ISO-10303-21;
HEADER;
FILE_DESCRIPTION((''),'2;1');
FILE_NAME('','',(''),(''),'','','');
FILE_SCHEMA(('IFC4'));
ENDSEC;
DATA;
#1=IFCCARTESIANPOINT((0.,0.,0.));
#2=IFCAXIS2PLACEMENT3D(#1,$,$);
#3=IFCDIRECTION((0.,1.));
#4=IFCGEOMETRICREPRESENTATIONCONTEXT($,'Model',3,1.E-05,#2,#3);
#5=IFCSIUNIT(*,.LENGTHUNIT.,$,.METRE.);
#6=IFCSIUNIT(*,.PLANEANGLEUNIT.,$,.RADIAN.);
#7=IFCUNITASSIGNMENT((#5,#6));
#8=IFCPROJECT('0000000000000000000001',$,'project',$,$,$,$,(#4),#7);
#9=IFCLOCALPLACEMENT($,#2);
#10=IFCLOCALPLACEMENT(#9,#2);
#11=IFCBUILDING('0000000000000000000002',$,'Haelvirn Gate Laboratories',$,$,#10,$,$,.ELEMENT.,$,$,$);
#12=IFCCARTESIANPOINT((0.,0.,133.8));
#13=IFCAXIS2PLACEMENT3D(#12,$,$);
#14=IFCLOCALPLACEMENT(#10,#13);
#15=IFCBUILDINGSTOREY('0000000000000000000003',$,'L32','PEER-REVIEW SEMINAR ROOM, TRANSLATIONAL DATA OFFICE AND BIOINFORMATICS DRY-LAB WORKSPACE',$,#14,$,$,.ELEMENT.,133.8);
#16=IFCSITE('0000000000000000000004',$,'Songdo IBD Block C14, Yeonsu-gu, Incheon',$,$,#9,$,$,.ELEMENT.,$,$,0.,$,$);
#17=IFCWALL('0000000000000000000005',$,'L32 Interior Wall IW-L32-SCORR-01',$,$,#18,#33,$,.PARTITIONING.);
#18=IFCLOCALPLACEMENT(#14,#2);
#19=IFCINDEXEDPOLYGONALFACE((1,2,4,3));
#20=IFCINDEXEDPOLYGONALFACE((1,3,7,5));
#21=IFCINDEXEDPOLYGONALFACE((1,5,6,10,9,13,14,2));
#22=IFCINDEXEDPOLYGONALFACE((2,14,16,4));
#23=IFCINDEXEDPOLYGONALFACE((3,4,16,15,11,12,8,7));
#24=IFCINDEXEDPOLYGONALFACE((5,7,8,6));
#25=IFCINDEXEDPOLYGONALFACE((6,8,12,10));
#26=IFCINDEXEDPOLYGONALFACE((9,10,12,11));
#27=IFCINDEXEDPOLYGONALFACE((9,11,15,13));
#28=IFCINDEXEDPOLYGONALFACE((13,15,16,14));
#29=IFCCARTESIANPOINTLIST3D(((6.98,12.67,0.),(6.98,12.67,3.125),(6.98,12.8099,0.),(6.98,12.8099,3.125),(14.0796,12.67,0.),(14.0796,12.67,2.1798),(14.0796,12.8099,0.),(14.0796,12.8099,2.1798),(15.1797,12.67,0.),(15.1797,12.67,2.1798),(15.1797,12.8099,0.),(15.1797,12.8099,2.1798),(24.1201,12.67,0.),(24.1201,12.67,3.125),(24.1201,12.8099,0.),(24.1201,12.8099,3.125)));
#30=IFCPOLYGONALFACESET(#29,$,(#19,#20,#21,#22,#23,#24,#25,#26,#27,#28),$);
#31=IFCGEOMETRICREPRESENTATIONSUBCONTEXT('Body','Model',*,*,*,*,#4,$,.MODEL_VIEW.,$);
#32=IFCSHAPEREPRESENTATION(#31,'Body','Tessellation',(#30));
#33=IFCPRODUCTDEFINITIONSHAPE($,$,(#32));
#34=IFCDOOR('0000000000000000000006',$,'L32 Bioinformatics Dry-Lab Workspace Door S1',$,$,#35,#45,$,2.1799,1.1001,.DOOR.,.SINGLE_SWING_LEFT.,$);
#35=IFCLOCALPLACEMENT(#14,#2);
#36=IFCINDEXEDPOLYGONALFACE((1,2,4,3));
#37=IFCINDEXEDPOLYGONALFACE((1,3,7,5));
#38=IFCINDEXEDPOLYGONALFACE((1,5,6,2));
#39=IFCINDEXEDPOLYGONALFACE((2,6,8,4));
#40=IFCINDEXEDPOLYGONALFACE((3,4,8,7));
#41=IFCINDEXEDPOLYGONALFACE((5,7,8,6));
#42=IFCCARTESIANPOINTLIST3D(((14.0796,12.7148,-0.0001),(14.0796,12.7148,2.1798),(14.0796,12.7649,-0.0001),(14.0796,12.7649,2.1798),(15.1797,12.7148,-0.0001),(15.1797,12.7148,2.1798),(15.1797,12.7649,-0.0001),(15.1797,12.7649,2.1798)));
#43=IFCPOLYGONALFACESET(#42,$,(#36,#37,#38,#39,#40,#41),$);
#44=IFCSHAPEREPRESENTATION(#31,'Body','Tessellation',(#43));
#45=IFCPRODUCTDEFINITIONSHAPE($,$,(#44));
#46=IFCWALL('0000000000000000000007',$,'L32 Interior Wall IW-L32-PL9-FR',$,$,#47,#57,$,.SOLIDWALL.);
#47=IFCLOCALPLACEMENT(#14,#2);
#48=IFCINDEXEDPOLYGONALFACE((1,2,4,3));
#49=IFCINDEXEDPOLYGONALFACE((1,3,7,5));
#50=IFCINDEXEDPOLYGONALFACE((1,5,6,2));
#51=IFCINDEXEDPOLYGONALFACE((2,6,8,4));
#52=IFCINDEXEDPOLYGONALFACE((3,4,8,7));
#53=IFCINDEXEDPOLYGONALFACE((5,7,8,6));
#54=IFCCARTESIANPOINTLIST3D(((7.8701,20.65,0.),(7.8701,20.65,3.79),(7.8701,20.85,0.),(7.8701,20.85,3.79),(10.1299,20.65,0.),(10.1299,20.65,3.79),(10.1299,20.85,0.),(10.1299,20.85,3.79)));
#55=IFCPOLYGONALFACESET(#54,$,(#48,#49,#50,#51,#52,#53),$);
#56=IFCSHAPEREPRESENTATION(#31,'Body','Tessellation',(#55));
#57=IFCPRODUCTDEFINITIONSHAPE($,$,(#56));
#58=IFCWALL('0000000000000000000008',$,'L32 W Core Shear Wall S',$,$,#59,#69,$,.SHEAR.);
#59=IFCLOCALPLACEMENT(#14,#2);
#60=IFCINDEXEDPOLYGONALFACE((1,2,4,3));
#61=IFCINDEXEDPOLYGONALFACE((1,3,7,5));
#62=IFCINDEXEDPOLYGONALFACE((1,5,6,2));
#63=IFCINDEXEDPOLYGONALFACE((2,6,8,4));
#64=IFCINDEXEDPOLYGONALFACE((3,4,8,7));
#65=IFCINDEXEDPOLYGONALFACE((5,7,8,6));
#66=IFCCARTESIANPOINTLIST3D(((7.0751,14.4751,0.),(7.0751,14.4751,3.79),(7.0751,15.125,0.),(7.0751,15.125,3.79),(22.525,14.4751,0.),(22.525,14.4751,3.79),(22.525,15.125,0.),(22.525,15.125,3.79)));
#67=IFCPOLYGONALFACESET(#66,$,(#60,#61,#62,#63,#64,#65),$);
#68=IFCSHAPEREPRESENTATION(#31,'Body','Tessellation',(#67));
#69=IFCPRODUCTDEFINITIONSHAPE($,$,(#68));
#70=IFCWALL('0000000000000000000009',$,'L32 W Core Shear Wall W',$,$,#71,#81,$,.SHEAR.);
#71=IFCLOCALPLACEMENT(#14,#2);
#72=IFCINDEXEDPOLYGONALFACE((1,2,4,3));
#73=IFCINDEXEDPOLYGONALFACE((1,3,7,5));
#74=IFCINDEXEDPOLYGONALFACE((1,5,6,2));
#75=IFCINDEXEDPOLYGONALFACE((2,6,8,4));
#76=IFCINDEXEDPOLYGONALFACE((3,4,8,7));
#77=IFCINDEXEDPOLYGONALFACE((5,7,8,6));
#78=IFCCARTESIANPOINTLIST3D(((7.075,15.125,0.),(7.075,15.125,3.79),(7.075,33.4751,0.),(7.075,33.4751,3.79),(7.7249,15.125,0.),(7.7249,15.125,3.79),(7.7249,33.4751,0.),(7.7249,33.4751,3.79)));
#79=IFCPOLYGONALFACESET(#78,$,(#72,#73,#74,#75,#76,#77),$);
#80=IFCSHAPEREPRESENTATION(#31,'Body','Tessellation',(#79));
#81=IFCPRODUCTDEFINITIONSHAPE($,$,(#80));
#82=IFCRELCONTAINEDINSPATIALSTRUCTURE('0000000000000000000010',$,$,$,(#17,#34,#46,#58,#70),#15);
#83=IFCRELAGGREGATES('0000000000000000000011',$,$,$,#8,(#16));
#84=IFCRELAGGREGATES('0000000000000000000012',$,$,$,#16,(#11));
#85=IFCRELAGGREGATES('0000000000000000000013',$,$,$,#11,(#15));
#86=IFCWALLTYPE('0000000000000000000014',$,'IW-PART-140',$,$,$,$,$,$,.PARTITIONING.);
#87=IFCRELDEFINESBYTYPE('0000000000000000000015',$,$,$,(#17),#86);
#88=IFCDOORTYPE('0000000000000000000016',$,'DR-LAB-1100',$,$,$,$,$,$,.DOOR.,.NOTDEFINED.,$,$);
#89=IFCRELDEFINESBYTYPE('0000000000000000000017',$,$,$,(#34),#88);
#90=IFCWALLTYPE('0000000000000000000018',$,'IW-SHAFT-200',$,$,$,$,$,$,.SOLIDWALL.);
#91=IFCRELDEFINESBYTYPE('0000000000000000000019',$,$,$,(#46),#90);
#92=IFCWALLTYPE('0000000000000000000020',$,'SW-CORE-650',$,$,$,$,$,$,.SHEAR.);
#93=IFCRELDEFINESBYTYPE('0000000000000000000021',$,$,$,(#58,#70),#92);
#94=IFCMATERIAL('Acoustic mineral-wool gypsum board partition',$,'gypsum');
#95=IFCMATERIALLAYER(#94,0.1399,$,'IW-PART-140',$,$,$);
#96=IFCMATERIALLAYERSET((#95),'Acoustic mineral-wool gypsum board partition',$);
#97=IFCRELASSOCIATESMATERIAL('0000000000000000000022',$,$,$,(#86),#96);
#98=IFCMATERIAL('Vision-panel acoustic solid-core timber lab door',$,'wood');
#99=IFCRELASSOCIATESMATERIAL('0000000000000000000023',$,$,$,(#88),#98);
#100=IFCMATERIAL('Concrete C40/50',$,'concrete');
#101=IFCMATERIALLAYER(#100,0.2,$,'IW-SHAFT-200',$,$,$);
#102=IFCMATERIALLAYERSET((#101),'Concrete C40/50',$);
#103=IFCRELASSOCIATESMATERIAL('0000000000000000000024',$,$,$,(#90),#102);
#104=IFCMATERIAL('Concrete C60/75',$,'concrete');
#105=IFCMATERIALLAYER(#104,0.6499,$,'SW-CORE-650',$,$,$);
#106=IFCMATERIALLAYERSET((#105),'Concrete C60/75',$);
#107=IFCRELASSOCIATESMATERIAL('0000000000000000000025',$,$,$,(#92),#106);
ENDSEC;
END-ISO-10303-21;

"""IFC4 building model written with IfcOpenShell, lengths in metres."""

from ifc_helpers import new_model, si_unit, direction, frame, frame_2d, origin, place, context, subcontext, project, spatial, rectangle, extrude, source, transform, mapped, material, layer, layer_set, type_object, type_shapes, element, fill, save


model = new_model("IFC4")

# Units and contexts
model_context = context("Model", 3, precision=1e-05, world=origin(), true_north=direction((0.0, 1.0)))
body_context = subcontext(model_context, "Body", "Model", "MODEL_VIEW")
ifc_project = project(units=[si_unit("LENGTHUNIT", "METRE"), si_unit("PLANEANGLEUNIT", "RADIAN")], contexts=[model_context])

# Site, building, storey
site_placement = place(None, origin())
site = spatial("IfcSite", under=ifc_project, at=site_placement, Name="Songdo IBD Block C14, Yeonsu-gu, Incheon", CompositionType="ELEMENT", RefElevation=0.0)
building_placement = place(site_placement, origin())
building = spatial("IfcBuilding", under=site, at=building_placement, Name="Haelvirn Gate Laboratories", CompositionType="ELEMENT")
storey_placement = place(building_placement, frame((0.0, 0.0, 133.8)))
storey = spatial("IfcBuildingStorey", under=building, at=storey_placement, Name="L32", Description="PEER-REVIEW SEMINAR ROOM, TRANSLATIONAL DATA OFFICE AND BIOINFORMATICS DRY-LAB WORKSPACE", CompositionType="ELEMENT", Elevation=133.8)

# Shared definitions
ifc_material_1 = material(Name="Concrete C60/75", Category="concrete")

# Wall, opening, door
ifc_material_2 = material(Name="Acoustic mineral-wool gypsum board partition", Category="gypsum")
ifc_layer_1 = layer(ifc_material_2, 0.1399, Name="IW-PART-140")
ifc_layer_set_1 = layer_set([ifc_layer_1], Name="Acoustic mineral-wool gypsum board partition")
wall_type_1 = type_object("IfcWallType", Name="IW-PART-140", PredefinedType="PARTITIONING", material=ifc_layer_set_1)
wall_1_placement = place(storey_placement, frame((6.98, 12.74, 0.0), z_axis=(0.0, 0.0, 1.0), x_axis=(1.0, 0.0, 0.0)))
wall_1 = element("IfcWall", 1, at=wall_1_placement, inside=storey, type_object=wall_type_1, Name="L32 Interior Wall IW-L32-SCORR-01", PredefinedType="PARTITIONING", context=body_context, shape_type="SweptSolid", body=[
    extrude(rectangle(XDim=17.1401, YDim=0.1399, at=frame_2d((8.5701, 0.0))), origin(), (0.0, 0.0, 1.0), 3.125),
])
opening_1_placement = place(wall_1_placement, frame((7.0996, 0.0, 0.0)))
opening_1 = element("IfcOpeningElement", 2, at=opening_1_placement, cuts=wall_1, PredefinedType="OPENING", context=body_context, shape_type="SweptSolid", body=[
    extrude(rectangle(XDim=1.1001, YDim=2.1799, at=frame_2d((0.55, 1.0898))), frame((0.0, 0.0801, 0.0), z_axis=(0.0, -1.0, 0.0), x_axis=(1.0, 0.0, 0.0)), (0.0, 0.0, 1.0), 0.1599),
])
ifc_material_3 = material(Name="Vision-panel acoustic solid-core timber lab door", Category="wood")
door_type_1 = type_object("IfcDoorType", Name="DR-LAB-1100", OperationType="NOTDEFINED", PredefinedType="DOOR", material=ifc_material_3)
shared_shape_1 = source(origin(), body_context, "Body", "SweptSolid", [
    extrude(rectangle(XDim=1.1001, YDim=2.1799, at=frame_2d((0.55, 1.0898))), frame((0.0, 0.0249, 0.0), z_axis=(0.0, -1.0, 0.0), x_axis=(1.0, 0.0, 0.0)), (0.0, 0.0, 1.0), 0.05),
])
type_shapes(door_type_1, [shared_shape_1])
door_1_placement = place(opening_1_placement, origin())
door_1 = element("IfcDoor", 3, at=door_1_placement, inside=storey, type_object=door_type_1, Name="L32 Bioinformatics Dry-Lab Workspace Door S1", OperationType="SINGLE_SWING_LEFT", OverallHeight=2.1799, OverallWidth=1.1001, PredefinedType="DOOR", context=body_context, shape_type="MappedRepresentation", body=[
    mapped(shared_shape_1, transform((0.0, 0.0, 0.0), scale=1.0)),
])
fill(opening_1, door_1)

# Walls
ifc_material_4 = material(Name="Concrete C40/50", Category="concrete")
ifc_layer_2 = layer(ifc_material_4, 0.2, Name="IW-SHAFT-200")
ifc_layer_set_2 = layer_set([ifc_layer_2], Name="Concrete C40/50")
wall_type_2 = type_object("IfcWallType", Name="IW-SHAFT-200", PredefinedType="SOLIDWALL", material=ifc_layer_set_2)
wall_2_placement = place(storey_placement, frame((7.8701, 20.75, 0.0), z_axis=(0.0, 0.0, 1.0), x_axis=(1.0, 0.0, 0.0)))
element("IfcWall", 4, at=wall_2_placement, inside=storey, type_object=wall_type_2, Name="L32 Interior Wall IW-L32-PL9-FR", PredefinedType="SOLIDWALL", context=body_context, shape_type="SweptSolid", body=[
    extrude(rectangle(XDim=2.2598, YDim=0.2, at=frame_2d((1.1299, 0.0))), origin(), (0.0, 0.0, 1.0), 3.79),
])
ifc_layer_3 = layer(ifc_material_1, 0.6499, Name="SW-CORE-650")
ifc_layer_set_3 = layer_set([ifc_layer_3], Name="Concrete C60/75")
wall_type_3 = type_object("IfcWallType", Name="SW-CORE-650", PredefinedType="SHEAR", material=ifc_layer_set_3)
wall_3_placement = place(storey_placement, frame((7.075, 14.8, 0.0), z_axis=(0.0, 0.0, 1.0), x_axis=(1.0, 0.0, 0.0)))
element("IfcWall", 5, at=wall_3_placement, inside=storey, type_object=wall_type_3, Name="L32 W Core Shear Wall S", PredefinedType="SHEAR", context=body_context, shape_type="SweptSolid", body=[
    extrude(rectangle(XDim=15.45, YDim=0.6499, at=frame_2d((7.7251, 0.0))), origin(), (0.0, 0.0, 1.0), 3.79),
])
wall_4_placement = place(storey_placement, frame((7.3999, 15.125, 0.0), z_axis=(0.0, 0.0, 1.0), x_axis=(0.0, 1.0, 0.0)))
element("IfcWall", 6, at=wall_4_placement, inside=storey, type_object=wall_type_3, Name="L32 W Core Shear Wall W", PredefinedType="SHEAR", context=body_context, shape_type="SweptSolid", body=[
    extrude(rectangle(XDim=18.3501, YDim=0.6499, at=frame_2d((9.175, 0.0))), origin(), (0.0, 0.0, 1.0), 3.79),
])

save(model, "model.ifc")
